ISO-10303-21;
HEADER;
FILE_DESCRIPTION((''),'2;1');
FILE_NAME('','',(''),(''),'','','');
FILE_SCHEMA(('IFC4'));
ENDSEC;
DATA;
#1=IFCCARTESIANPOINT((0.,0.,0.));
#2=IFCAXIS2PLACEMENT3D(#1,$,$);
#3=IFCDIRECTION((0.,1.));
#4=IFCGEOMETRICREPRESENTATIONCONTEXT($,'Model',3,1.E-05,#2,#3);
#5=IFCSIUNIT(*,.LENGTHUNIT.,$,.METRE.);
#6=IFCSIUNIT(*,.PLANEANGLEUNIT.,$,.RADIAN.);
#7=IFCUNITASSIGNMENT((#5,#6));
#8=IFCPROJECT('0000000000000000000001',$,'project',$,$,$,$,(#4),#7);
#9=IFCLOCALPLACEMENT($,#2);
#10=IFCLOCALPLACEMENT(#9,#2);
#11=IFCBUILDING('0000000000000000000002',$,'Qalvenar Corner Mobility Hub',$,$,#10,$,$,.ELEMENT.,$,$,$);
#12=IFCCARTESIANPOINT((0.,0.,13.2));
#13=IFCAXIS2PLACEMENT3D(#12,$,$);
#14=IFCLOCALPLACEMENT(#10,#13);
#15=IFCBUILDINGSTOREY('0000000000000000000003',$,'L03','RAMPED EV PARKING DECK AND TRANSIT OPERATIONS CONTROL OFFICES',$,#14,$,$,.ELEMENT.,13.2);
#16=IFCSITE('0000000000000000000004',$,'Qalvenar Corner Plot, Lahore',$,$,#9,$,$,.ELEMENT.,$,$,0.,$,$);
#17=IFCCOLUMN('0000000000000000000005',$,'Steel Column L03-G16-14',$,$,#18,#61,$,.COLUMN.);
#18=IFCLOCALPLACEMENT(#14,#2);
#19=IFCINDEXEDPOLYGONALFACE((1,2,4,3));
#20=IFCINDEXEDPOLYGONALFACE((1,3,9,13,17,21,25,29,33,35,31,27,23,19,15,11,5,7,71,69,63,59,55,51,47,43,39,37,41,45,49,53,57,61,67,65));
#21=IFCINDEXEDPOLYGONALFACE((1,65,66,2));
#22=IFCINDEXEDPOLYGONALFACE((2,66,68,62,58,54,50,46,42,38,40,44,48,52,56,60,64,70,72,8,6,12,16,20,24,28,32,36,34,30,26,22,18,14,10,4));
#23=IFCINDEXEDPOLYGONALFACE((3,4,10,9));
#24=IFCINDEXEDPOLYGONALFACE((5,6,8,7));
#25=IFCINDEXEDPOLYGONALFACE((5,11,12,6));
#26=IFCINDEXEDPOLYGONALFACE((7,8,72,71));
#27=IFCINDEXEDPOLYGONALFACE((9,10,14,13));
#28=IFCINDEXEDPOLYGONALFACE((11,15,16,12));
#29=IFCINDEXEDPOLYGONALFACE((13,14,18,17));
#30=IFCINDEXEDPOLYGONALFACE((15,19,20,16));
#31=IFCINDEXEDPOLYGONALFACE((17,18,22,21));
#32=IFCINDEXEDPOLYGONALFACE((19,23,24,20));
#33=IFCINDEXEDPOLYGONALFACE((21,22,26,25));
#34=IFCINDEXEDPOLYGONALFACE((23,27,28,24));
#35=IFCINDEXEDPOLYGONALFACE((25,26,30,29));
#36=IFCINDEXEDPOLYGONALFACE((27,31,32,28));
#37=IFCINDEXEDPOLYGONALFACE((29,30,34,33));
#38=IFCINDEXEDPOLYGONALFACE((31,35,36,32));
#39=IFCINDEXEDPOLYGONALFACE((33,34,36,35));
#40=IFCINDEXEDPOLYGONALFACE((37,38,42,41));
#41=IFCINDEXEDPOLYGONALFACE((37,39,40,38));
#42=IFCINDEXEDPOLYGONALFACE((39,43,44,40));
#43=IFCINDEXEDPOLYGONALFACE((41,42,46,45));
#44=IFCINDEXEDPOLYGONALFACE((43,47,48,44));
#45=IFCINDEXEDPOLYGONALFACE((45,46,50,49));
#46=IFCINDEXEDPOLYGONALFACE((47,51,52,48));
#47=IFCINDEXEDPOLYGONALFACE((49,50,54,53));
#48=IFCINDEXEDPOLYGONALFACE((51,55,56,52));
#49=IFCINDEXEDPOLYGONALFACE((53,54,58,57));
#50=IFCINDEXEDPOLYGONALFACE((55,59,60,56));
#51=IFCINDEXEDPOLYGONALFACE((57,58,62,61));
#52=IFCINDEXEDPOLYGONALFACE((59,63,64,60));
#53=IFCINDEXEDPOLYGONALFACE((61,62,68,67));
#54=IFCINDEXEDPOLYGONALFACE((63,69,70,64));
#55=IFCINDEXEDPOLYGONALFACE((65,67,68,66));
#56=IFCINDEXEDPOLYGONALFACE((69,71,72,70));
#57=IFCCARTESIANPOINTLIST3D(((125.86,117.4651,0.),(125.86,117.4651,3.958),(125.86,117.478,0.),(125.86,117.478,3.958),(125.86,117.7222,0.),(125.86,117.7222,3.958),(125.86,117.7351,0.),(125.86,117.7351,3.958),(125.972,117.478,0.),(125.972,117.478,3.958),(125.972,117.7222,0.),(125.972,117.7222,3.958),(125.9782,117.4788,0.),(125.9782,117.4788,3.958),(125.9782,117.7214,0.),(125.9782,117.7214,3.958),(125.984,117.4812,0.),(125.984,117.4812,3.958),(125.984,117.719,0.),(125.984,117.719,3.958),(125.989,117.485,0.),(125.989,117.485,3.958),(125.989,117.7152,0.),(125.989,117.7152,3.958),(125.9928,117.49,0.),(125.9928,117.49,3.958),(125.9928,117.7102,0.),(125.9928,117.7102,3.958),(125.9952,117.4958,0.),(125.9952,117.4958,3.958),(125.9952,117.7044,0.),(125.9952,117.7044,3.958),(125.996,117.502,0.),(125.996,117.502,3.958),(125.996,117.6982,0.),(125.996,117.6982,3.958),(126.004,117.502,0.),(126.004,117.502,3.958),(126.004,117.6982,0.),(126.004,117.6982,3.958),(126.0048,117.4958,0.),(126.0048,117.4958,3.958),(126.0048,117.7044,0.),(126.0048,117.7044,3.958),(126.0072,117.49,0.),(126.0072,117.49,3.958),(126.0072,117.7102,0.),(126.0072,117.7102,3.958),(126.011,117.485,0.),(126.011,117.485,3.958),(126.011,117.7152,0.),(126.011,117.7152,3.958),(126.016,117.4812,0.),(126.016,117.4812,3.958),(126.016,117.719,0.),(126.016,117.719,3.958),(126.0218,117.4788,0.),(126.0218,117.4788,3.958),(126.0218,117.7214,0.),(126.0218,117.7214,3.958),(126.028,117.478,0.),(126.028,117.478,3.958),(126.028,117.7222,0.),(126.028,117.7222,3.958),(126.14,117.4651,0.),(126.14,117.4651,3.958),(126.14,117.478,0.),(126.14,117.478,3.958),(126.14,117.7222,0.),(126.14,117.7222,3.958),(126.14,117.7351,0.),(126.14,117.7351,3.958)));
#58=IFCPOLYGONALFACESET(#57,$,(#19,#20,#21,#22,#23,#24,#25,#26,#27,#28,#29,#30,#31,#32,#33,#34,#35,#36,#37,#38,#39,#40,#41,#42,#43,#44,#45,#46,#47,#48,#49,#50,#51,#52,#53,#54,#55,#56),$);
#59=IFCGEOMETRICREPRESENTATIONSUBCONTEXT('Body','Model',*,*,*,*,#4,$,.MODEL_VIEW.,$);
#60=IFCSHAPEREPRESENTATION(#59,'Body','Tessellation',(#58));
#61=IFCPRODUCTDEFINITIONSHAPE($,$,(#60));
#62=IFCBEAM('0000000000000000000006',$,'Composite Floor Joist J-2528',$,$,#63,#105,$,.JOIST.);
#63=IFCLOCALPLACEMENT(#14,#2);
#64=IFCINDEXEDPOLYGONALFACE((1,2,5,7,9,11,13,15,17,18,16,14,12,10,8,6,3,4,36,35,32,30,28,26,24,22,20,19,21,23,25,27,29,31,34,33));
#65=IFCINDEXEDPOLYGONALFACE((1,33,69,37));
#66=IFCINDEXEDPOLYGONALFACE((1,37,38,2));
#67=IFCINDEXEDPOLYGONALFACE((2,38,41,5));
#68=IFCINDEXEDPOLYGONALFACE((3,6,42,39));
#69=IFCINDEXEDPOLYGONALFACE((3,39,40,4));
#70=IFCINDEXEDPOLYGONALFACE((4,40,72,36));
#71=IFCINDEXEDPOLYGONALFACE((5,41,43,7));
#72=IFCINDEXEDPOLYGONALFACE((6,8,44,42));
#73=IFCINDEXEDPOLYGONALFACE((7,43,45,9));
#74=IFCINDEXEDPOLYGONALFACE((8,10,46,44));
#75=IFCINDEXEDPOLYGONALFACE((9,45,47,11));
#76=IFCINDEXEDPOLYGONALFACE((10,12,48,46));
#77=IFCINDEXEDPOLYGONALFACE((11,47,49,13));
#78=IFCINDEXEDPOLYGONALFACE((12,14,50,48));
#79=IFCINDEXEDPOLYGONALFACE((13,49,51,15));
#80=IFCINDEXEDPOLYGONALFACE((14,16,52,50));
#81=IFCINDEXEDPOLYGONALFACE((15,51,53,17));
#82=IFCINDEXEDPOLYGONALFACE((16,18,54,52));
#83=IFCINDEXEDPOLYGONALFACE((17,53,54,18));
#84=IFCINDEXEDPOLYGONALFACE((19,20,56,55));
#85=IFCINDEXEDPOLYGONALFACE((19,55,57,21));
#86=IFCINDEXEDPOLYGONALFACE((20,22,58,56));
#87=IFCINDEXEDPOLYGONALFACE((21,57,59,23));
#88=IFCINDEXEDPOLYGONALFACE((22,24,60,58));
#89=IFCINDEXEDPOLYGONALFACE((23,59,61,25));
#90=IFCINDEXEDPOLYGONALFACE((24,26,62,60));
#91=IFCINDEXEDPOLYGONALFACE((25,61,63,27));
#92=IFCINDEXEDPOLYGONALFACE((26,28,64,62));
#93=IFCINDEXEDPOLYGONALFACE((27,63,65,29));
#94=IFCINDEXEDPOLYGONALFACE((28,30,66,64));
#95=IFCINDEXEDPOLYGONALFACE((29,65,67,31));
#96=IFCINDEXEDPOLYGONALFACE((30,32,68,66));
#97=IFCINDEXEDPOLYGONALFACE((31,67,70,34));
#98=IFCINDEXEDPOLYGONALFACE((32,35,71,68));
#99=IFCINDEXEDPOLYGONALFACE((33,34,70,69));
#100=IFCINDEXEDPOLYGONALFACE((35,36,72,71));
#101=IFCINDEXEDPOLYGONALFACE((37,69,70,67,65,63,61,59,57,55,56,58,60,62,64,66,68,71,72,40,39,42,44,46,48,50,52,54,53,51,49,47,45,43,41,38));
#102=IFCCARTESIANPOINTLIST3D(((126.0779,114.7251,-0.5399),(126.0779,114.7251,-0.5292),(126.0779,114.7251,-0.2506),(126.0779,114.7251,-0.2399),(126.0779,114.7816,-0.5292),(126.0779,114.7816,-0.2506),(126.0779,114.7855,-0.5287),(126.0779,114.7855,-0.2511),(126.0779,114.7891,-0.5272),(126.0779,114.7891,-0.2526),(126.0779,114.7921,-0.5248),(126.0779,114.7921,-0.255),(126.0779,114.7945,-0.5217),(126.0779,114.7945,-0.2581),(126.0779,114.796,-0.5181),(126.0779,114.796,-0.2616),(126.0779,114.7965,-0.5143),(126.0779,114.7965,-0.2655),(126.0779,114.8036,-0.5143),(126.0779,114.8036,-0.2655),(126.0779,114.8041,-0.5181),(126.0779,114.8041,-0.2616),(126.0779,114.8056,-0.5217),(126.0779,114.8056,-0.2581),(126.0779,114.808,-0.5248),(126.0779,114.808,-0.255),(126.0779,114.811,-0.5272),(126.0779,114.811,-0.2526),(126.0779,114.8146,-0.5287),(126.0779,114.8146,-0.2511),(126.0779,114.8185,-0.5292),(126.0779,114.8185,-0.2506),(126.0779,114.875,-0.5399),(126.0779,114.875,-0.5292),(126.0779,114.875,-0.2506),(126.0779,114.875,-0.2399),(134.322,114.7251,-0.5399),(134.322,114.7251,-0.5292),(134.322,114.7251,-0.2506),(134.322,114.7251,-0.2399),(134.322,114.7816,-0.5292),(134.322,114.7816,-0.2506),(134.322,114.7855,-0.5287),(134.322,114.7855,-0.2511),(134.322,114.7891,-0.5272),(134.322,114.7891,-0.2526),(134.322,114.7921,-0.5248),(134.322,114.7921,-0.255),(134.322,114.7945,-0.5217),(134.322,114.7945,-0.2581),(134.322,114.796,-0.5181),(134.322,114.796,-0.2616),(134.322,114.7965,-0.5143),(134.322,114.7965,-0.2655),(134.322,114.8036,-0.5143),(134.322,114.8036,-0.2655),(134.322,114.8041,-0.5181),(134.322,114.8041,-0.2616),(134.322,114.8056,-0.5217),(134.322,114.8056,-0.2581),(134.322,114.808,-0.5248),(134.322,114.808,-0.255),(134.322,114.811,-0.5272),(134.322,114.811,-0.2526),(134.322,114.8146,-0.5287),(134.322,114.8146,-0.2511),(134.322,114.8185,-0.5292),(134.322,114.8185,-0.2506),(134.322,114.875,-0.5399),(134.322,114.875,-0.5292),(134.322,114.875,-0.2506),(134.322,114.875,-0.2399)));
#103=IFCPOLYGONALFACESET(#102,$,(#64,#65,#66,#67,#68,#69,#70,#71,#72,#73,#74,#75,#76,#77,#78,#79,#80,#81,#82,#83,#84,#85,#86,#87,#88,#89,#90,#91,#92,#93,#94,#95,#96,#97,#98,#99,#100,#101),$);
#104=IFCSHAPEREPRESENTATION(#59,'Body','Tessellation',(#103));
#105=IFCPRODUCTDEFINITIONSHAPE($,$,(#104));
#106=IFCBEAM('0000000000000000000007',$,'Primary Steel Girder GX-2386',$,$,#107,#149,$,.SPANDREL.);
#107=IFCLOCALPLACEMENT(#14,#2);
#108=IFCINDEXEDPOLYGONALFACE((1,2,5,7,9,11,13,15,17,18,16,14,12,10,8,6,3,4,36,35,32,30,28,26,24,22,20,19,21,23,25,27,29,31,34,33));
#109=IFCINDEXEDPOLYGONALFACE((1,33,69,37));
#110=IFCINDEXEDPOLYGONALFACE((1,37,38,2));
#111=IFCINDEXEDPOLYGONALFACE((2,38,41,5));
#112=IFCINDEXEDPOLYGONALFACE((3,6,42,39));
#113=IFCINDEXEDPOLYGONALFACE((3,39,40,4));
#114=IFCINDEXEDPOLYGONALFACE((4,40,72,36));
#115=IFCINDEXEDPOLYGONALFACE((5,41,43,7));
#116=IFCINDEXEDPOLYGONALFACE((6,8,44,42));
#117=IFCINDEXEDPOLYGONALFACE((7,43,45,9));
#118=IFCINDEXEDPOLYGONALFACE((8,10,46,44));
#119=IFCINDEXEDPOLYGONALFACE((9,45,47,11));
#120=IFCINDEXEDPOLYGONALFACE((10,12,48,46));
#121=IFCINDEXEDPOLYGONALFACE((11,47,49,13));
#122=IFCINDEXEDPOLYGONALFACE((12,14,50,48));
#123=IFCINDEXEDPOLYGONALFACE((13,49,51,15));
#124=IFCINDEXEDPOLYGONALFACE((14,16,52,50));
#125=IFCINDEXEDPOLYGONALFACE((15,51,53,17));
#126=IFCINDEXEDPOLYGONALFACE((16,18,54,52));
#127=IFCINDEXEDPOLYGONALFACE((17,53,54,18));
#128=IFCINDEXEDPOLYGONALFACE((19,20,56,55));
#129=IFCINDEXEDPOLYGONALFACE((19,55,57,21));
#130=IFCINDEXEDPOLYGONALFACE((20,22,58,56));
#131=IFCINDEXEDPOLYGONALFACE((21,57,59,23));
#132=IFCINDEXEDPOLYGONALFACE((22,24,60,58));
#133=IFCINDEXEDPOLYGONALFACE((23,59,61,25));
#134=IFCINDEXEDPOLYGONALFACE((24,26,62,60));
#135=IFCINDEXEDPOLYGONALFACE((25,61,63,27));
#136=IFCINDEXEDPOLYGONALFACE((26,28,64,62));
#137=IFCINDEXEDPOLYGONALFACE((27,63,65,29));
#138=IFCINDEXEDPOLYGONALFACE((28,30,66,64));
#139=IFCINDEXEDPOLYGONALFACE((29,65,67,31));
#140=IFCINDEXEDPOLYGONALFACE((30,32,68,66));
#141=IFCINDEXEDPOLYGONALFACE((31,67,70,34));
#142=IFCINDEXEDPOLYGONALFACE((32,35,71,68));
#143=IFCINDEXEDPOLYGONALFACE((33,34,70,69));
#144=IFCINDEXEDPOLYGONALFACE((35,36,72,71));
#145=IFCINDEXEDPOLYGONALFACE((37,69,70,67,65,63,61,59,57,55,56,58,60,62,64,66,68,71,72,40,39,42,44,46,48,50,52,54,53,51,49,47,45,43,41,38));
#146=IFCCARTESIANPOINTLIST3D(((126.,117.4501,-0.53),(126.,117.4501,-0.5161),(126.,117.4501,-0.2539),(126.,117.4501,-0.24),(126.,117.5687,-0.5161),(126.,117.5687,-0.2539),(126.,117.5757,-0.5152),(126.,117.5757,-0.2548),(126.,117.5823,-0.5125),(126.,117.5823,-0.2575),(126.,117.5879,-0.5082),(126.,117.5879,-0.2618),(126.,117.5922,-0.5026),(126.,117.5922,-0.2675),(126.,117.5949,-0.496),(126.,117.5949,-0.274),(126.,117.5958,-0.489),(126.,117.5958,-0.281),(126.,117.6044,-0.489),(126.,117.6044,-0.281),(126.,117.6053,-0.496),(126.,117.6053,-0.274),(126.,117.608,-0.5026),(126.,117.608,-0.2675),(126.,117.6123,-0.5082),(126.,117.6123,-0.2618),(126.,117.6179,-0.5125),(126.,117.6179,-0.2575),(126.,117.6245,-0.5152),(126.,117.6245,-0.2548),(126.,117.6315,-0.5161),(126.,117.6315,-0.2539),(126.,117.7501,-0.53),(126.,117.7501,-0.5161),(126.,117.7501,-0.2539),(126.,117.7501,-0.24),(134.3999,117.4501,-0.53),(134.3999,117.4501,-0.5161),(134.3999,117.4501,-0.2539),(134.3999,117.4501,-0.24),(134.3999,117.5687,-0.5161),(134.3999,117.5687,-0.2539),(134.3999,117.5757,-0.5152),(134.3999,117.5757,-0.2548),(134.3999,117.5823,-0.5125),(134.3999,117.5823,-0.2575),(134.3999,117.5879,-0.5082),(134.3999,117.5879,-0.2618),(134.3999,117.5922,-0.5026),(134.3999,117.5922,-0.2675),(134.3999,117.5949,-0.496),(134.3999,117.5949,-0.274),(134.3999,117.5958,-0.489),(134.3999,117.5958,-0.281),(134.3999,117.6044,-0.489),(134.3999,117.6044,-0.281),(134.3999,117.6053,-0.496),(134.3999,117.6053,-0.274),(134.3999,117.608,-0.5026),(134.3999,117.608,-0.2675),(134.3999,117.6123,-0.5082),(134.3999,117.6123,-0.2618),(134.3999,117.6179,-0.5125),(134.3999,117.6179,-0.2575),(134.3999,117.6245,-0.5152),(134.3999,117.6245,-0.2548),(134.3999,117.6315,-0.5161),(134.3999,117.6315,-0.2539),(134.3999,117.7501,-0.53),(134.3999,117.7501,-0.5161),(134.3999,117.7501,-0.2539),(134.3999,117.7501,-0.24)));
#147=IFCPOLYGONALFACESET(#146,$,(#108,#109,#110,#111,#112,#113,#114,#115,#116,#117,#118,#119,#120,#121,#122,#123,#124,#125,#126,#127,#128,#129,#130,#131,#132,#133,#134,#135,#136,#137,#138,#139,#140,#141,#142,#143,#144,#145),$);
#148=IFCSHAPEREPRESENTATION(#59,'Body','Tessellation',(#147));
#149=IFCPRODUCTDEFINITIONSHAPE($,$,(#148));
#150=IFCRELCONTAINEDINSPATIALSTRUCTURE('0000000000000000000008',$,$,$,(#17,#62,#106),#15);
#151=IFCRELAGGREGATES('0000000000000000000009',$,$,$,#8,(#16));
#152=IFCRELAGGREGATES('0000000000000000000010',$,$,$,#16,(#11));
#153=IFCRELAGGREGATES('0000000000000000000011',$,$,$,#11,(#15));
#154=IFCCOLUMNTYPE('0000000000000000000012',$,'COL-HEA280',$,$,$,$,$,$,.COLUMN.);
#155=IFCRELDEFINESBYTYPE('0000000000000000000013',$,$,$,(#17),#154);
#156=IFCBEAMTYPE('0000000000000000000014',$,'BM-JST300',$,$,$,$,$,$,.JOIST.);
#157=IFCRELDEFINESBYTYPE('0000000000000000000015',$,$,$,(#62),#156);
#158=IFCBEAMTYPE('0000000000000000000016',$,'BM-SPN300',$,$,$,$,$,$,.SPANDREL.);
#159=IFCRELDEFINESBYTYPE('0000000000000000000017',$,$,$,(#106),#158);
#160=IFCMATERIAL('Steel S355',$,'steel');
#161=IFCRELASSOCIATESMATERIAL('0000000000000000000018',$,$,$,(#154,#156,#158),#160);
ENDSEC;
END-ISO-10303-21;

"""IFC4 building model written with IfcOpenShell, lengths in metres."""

from ifc_helpers import new_model, si_unit, direction, frame, origin, origin_2d, place, context, subcontext, project, spatial, i_section, extrude, material, material_profile, profile_set, type_object, element, save


model = new_model("IFC4")

# Units and contexts
model_context = context("Model", 3, precision=1e-05, world=origin(), true_north=direction((0.0, 1.0)))
body_context = subcontext(model_context, "Body", "Model", "MODEL_VIEW")
ifc_project = project(units=[si_unit("LENGTHUNIT", "METRE"), si_unit("PLANEANGLEUNIT", "RADIAN")], contexts=[model_context])

# Site, building, storey
site_placement = place(None, origin())
site = spatial("IfcSite", under=ifc_project, at=site_placement, Name="Qalvenar Corner Plot, Lahore", CompositionType="ELEMENT", RefElevation=0.0)
building_placement = place(site_placement, origin())
building = spatial("IfcBuilding", under=site, at=building_placement, Name="Qalvenar Corner Mobility Hub", CompositionType="ELEMENT")
storey_placement = place(building_placement, frame((0.0, 0.0, 13.2)))
storey = spatial("IfcBuildingStorey", under=building, at=storey_placement, Name="L03", Description="RAMPED EV PARKING DECK AND TRANSIT OPERATIONS CONTROL OFFICES", CompositionType="ELEMENT", Elevation=13.2)

# Column
ifc_material_1 = material(Name="Steel S355", Category="steel")
ifc_material_profile_1 = material_profile(ifc_material_1, i_section(OverallWidth=0.28, OverallDepth=0.27, WebThickness=0.0081, FlangeThickness=0.0129, FilletRadius=0.0239, at=origin_2d()), Name="HEA280")
ifc_profile_set_1 = profile_set([ifc_material_profile_1], Name="Steel S355")
column_type = type_object("IfcColumnType", Name="COL-HEA280", PredefinedType="COLUMN", material=ifc_profile_set_1)
column_placement = place(storey_placement, frame((126.0, 117.6001, 0.0), z_axis=(0.0, 0.0, 1.0), x_axis=(1.0, 0.0, 0.0)))
element("IfcColumn", 1, at=column_placement, inside=storey, type_object=column_type, Name="Steel Column L03-G16-14", PredefinedType="COLUMN", context=body_context, shape_type="SweptSolid", body=[
    extrude(i_section(OverallWidth=0.28, OverallDepth=0.27, WebThickness=0.0081, FlangeThickness=0.0129, FilletRadius=0.0239, at=origin_2d()), origin(), (0.0, 0.0, 1.0), 3.958),
])

# Beams
ifc_material_profile_2 = material_profile(ifc_material_1, i_section(OverallWidth=0.1499, OverallDepth=0.3, WebThickness=0.0071, FlangeThickness=0.0107, FilletRadius=0.0149, at=origin_2d()), Name="IPE300")
ifc_profile_set_2 = profile_set([ifc_material_profile_2], Name="Steel S355")
beam_type_1 = type_object("IfcBeamType", Name="BM-JST300", PredefinedType="JOIST", material=ifc_profile_set_2)
beam_1_placement = place(storey_placement, frame((126.0779, 114.8, -0.3899), z_axis=(1.0, 0.0, 0.0), x_axis=(0.0, 1.0, 0.0)))
element("IfcBeam", 2, at=beam_1_placement, inside=storey, type_object=beam_type_1, Name="Composite Floor Joist J-2528", PredefinedType="JOIST", context=body_context, shape_type="SweptSolid", body=[
    extrude(i_section(OverallWidth=0.1499, OverallDepth=0.3, WebThickness=0.0071, FlangeThickness=0.0107, FilletRadius=0.0149, at=origin_2d()), origin(), (0.0, 0.0, 1.0), 8.2441),
])
ifc_material_profile_3 = material_profile(ifc_material_1, i_section(OverallWidth=0.3, OverallDepth=0.29, WebThickness=0.0085, FlangeThickness=0.0139, FilletRadius=0.0271, at=origin_2d()), Name="HEA300")
ifc_profile_set_3 = profile_set([ifc_material_profile_3], Name="Steel S355")
beam_type_2 = type_object("IfcBeamType", Name="BM-SPN300", PredefinedType="SPANDREL", material=ifc_profile_set_3)
beam_2_placement = place(storey_placement, frame((126.0, 117.6001, -0.385), z_axis=(1.0, 0.0, 0.0), x_axis=(0.0, 1.0, 0.0)))
element("IfcBeam", 3, at=beam_2_placement, inside=storey, type_object=beam_type_2, Name="Primary Steel Girder GX-2386", PredefinedType="SPANDREL", context=body_context, shape_type="SweptSolid", body=[
    extrude(i_section(OverallWidth=0.3, OverallDepth=0.29, WebThickness=0.0085, FlangeThickness=0.0139, FilletRadius=0.0271, at=origin_2d()), origin(), (0.0, 0.0, 1.0), 8.3999),
])

save(model, "model.ifc")
